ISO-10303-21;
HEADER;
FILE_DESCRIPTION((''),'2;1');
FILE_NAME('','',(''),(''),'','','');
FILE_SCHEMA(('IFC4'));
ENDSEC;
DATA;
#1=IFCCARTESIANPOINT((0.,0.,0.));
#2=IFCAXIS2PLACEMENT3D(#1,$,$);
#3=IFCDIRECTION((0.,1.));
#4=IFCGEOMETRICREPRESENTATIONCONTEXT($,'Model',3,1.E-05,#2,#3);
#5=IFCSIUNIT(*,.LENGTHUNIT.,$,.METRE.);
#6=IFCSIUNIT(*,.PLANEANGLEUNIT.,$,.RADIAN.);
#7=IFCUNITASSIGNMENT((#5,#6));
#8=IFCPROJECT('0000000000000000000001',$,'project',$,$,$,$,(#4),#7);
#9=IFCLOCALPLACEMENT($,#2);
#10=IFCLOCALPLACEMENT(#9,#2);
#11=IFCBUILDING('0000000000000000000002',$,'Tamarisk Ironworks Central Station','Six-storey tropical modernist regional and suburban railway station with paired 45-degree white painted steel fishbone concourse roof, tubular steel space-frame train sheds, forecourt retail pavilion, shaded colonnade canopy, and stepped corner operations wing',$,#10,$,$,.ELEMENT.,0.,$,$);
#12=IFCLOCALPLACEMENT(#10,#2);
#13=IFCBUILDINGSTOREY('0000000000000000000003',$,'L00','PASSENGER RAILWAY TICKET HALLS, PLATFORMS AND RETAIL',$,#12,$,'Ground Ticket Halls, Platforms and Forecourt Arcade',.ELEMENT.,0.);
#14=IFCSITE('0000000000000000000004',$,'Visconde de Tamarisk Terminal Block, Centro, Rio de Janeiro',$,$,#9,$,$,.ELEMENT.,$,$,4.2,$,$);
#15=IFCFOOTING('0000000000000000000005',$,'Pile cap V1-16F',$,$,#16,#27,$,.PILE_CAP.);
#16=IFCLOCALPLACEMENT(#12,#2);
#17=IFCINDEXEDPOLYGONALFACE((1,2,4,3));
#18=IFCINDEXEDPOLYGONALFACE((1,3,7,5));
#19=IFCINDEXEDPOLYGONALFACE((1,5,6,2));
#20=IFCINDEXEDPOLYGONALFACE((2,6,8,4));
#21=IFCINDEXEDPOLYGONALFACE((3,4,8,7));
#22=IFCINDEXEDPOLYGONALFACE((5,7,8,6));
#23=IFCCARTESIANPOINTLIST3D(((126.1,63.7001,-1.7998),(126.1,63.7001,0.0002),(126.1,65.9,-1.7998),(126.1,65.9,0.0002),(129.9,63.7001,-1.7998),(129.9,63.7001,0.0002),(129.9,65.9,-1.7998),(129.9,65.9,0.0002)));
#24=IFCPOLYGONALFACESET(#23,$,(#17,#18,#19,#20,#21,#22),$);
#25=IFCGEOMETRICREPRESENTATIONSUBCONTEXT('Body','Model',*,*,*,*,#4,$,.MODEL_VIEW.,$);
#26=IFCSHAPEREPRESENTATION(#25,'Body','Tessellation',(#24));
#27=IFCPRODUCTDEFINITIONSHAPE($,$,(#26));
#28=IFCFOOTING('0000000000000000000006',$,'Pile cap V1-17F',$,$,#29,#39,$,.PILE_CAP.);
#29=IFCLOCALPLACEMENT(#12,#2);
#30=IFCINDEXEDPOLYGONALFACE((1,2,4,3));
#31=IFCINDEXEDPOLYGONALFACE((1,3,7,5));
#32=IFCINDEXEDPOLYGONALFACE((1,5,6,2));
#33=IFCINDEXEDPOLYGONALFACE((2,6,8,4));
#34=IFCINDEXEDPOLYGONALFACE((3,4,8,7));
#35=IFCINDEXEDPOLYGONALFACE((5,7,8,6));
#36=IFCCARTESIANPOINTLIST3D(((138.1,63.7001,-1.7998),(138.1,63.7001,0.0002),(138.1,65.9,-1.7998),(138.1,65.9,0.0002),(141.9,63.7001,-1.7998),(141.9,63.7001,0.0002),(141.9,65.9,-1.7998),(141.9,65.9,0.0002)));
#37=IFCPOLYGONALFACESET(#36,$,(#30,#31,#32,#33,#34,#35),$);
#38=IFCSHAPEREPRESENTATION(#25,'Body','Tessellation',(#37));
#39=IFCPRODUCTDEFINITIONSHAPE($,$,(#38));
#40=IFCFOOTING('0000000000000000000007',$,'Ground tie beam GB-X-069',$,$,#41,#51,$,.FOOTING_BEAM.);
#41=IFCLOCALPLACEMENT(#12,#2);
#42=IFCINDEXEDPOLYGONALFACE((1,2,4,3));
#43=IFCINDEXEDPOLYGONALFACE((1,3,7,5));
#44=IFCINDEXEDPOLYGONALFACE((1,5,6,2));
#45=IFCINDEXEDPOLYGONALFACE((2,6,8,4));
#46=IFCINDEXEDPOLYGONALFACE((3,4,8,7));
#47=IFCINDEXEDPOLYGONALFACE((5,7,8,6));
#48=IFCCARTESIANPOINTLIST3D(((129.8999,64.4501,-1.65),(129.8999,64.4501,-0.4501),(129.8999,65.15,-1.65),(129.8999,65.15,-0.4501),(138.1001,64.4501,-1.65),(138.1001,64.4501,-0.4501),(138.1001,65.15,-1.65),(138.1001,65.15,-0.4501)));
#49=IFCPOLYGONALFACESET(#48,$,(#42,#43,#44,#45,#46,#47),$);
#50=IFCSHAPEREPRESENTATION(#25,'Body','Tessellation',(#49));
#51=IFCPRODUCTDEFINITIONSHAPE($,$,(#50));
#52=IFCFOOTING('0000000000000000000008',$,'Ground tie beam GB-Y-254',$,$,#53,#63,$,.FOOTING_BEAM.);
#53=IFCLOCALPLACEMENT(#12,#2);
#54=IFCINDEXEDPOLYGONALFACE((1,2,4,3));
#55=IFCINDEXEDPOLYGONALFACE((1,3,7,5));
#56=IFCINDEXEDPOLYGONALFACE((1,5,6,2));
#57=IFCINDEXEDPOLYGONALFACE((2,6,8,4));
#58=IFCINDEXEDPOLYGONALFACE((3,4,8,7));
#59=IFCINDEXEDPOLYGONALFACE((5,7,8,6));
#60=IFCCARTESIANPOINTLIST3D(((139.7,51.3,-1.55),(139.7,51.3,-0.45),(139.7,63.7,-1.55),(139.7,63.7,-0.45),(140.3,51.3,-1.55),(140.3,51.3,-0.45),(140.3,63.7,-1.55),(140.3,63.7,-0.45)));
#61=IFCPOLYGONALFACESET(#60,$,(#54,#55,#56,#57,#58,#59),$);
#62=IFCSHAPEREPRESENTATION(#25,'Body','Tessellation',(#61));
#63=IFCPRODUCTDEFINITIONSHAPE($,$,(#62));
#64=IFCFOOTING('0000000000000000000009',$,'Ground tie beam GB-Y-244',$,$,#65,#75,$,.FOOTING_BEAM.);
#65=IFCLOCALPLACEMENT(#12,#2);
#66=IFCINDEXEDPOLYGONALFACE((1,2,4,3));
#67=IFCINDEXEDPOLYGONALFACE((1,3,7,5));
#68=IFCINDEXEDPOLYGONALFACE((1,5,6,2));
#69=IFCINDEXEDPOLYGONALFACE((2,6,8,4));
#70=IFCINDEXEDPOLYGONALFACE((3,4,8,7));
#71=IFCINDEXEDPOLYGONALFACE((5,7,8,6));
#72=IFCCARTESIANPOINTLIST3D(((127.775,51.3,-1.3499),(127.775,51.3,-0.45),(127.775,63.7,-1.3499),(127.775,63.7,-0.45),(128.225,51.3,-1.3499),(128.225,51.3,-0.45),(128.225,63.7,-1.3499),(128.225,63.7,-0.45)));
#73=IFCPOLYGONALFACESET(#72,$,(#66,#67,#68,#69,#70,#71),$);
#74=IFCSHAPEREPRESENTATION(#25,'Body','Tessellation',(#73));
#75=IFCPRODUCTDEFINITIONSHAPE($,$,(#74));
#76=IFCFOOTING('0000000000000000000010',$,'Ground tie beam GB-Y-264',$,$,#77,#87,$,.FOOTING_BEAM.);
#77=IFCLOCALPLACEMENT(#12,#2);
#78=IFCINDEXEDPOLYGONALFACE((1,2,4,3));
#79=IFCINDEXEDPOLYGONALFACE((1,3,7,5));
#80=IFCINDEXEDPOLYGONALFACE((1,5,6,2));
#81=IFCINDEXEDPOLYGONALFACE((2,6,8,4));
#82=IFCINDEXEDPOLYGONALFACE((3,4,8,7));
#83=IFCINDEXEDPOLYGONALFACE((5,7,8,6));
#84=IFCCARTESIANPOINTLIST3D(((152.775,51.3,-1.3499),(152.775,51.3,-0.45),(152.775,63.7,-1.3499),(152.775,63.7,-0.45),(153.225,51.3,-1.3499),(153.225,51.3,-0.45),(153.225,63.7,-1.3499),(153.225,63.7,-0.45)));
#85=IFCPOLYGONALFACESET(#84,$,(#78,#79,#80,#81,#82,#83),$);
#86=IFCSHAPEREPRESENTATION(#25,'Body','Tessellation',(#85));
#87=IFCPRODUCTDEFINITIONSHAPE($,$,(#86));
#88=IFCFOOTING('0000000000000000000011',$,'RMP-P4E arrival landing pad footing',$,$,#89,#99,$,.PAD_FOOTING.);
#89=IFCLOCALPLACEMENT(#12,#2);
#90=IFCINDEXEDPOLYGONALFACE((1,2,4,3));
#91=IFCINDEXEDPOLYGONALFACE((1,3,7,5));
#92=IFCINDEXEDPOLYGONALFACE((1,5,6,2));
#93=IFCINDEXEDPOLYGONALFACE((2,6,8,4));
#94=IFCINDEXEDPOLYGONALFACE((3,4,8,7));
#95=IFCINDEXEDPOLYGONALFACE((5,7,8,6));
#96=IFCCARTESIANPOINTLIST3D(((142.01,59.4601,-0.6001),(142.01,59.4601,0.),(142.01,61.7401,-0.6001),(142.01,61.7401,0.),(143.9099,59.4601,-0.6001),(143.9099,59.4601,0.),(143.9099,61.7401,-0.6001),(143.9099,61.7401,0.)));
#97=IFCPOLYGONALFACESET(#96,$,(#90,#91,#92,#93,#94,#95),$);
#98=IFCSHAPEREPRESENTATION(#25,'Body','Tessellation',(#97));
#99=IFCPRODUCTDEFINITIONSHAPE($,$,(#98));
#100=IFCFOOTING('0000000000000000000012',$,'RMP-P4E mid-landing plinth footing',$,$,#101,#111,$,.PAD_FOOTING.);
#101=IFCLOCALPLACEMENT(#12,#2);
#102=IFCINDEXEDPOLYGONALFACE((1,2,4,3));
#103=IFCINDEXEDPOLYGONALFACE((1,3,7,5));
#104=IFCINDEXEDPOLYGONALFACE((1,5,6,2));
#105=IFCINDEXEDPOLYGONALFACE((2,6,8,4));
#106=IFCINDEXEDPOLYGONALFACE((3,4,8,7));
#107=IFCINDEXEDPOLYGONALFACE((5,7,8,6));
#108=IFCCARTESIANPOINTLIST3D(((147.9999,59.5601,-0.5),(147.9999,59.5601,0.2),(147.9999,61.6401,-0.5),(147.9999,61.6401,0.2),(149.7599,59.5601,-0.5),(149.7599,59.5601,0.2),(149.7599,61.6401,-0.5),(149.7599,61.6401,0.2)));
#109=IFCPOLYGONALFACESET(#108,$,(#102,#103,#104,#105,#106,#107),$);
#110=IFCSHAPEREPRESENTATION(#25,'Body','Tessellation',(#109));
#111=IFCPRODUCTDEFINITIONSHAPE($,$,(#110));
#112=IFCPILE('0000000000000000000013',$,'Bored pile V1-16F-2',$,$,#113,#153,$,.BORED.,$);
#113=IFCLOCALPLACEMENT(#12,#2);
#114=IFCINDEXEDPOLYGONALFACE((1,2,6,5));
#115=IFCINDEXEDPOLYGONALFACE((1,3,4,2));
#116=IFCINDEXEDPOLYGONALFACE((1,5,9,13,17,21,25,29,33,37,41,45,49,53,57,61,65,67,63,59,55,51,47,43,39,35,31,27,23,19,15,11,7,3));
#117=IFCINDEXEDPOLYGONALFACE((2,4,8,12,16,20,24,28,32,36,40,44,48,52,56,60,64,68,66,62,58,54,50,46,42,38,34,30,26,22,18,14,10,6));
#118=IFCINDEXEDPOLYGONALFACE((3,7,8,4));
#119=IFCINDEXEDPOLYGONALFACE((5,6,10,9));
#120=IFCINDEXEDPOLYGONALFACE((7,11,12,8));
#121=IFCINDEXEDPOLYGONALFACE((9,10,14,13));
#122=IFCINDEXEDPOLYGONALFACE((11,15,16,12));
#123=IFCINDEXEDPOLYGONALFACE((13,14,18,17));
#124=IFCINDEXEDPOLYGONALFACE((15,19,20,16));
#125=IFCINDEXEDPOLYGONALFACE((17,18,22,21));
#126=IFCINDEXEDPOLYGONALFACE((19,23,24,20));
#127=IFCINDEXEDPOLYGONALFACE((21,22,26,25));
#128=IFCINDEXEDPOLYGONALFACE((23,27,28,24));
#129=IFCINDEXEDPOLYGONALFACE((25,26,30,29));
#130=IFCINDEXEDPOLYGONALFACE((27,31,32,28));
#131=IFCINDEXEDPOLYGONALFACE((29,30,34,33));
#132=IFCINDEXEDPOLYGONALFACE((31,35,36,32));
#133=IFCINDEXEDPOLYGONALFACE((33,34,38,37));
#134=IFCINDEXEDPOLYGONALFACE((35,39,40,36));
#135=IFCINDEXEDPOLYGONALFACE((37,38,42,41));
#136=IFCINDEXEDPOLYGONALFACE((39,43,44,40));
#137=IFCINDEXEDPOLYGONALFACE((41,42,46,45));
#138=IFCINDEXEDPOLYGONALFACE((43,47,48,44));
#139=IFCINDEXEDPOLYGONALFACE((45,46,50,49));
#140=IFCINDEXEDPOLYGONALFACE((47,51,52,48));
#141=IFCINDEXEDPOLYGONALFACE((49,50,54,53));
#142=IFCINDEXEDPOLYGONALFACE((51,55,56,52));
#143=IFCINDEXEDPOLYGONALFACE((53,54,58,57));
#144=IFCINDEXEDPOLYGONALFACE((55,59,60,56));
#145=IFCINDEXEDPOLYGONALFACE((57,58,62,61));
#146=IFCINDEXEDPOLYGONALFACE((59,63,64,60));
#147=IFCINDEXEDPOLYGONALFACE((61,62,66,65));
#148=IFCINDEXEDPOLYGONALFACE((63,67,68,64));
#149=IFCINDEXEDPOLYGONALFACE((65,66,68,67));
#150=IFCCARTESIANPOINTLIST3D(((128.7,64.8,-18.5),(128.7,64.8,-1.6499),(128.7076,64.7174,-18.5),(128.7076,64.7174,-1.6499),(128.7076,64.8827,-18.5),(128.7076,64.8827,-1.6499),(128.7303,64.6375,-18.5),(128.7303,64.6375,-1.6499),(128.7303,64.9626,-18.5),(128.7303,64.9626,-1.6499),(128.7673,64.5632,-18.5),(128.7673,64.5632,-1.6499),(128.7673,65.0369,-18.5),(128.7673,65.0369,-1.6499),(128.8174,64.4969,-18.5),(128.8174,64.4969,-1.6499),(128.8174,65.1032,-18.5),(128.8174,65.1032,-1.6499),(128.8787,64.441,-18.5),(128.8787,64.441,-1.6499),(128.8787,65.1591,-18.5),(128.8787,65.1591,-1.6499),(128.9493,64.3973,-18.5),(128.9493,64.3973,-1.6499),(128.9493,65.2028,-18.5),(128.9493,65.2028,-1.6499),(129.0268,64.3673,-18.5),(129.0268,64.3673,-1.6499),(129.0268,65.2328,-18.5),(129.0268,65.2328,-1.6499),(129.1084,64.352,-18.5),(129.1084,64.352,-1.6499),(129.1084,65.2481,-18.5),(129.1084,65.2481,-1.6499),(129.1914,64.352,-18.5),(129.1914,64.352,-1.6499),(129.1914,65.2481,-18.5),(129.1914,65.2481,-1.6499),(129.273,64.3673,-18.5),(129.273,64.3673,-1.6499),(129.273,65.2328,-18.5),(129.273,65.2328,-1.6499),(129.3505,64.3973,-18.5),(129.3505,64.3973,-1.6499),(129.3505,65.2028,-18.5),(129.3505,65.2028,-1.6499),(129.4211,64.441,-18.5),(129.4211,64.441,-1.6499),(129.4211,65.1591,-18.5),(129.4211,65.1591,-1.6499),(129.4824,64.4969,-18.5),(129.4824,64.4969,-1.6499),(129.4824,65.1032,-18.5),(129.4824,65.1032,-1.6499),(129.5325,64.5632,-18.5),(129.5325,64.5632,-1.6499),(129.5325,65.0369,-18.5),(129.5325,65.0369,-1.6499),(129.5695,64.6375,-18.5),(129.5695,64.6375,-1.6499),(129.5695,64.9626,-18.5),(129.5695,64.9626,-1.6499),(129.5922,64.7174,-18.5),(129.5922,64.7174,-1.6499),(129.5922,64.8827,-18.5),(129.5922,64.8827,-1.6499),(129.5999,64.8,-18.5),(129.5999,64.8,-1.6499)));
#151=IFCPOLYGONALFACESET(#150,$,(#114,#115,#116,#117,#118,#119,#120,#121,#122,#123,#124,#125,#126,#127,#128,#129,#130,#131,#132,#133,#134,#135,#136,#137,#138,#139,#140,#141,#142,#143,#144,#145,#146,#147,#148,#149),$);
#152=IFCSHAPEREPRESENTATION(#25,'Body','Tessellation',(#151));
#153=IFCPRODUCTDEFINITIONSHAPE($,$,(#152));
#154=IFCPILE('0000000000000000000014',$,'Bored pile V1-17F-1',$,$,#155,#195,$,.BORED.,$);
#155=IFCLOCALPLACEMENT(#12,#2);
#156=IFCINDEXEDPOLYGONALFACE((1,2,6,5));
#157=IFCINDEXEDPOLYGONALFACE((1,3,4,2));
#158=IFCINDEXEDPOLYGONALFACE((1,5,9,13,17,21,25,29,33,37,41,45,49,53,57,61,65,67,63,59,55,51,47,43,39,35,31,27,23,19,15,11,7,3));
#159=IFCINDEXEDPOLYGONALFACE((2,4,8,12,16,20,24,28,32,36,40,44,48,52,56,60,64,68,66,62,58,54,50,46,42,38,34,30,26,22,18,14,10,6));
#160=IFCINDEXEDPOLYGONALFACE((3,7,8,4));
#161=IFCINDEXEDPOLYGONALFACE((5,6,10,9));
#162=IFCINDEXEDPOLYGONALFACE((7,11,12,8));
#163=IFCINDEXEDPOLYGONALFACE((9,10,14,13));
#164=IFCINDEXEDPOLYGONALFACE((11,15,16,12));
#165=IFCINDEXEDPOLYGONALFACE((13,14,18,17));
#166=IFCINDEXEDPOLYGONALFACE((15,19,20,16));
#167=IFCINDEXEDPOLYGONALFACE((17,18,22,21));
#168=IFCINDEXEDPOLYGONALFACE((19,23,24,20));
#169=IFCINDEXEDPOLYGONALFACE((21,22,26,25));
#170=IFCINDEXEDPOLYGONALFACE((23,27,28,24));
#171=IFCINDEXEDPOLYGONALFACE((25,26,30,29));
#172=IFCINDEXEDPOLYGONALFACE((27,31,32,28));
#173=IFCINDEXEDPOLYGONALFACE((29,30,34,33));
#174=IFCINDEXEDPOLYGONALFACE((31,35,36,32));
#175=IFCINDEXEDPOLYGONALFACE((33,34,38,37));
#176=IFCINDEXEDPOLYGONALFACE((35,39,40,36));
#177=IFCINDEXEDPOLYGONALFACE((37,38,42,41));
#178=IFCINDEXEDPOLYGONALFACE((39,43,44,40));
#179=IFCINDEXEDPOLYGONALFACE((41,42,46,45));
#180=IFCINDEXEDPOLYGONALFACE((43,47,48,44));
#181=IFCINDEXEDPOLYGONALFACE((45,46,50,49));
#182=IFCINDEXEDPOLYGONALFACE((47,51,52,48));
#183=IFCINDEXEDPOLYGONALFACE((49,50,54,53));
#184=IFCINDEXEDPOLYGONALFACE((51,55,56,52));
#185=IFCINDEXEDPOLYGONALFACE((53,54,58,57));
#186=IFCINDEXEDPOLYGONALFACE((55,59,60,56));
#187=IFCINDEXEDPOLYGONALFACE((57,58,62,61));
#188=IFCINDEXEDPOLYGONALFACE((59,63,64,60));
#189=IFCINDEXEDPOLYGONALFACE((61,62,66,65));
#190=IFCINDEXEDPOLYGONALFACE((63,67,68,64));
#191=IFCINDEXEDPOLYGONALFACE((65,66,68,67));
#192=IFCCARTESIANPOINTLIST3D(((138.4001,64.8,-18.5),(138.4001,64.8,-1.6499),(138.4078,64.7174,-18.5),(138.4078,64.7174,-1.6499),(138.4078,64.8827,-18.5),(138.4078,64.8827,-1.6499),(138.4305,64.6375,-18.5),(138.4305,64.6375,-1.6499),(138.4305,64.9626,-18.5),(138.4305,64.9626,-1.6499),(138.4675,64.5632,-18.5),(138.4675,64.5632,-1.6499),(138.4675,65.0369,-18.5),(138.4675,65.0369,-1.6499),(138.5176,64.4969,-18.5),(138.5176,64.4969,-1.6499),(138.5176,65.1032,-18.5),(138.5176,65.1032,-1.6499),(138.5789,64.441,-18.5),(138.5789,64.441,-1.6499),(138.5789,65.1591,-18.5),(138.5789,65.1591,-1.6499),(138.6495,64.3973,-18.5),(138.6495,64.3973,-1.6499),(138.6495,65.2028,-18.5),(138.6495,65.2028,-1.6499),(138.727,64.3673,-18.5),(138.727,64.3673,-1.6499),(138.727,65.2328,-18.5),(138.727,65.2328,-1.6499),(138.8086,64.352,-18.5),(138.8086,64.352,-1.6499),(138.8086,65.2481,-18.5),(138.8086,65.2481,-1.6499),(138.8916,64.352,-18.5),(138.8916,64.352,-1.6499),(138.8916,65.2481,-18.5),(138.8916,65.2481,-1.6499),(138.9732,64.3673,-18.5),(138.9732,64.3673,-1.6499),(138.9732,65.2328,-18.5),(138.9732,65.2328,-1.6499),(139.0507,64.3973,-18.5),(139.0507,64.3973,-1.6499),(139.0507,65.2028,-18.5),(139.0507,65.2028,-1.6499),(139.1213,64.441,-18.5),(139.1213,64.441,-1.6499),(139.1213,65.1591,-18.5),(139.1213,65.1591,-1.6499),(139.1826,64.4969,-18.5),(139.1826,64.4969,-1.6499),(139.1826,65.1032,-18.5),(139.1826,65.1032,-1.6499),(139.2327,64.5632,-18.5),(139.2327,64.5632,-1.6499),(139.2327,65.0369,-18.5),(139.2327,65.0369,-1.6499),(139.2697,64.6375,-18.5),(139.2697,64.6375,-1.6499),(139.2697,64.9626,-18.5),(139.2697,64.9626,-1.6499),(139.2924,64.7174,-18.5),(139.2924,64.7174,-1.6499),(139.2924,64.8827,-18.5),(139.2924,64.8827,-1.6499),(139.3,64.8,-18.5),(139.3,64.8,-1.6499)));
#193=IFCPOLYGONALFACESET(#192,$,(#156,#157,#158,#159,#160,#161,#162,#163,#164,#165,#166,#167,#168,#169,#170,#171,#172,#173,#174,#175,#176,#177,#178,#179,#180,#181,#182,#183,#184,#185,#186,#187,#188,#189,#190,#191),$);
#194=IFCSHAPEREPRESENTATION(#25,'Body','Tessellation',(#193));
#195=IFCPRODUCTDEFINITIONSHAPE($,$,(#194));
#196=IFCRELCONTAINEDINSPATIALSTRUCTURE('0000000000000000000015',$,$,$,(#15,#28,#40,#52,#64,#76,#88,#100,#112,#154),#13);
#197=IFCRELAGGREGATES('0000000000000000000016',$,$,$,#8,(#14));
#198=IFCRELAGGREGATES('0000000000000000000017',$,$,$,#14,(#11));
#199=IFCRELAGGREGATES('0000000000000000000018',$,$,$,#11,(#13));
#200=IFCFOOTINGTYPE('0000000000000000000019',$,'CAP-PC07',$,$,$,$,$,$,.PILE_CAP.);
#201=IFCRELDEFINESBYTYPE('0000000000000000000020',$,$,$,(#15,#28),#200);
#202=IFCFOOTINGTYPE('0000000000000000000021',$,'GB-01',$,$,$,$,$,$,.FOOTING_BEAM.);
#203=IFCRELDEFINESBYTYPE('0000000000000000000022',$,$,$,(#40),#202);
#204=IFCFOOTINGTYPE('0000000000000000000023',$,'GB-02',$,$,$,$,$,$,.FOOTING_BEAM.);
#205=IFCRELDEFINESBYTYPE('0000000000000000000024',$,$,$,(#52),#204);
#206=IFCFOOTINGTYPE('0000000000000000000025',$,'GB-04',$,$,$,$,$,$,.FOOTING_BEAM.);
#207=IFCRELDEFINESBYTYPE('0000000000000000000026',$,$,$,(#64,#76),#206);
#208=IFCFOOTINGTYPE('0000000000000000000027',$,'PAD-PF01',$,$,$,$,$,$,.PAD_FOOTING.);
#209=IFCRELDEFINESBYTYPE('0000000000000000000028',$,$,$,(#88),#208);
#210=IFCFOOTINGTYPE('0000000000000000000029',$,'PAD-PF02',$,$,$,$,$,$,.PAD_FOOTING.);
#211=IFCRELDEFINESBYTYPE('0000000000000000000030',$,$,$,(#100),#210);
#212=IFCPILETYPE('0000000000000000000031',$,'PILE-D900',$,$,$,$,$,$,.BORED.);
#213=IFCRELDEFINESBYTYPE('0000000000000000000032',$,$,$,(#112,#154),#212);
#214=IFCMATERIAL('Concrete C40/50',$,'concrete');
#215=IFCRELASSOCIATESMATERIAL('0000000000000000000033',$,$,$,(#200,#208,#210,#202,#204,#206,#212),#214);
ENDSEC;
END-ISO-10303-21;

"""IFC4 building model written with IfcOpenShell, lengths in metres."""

from ifc_helpers import new_model, si_unit, direction, frame, origin, origin_2d, place, context, subcontext, project, spatial, rectangle, circle, extrude, material, material_profile, profile_set, type_object, element, save


model = new_model("IFC4")

# Units and contexts
model_context = context("Model", 3, precision=1e-05, world=origin(), true_north=direction((0.0, 1.0)))
body_context = subcontext(model_context, "Body", "Model", "MODEL_VIEW")
ifc_project = project(units=[si_unit("LENGTHUNIT", "METRE"), si_unit("PLANEANGLEUNIT", "RADIAN")], contexts=[model_context])

# Site, building, storey
site_placement = place(None, origin())
site = spatial("IfcSite", under=ifc_project, at=site_placement, Name="Visconde de Tamarisk Terminal Block, Centro, Rio de Janeiro", CompositionType="ELEMENT", RefElevation=4.2)
building_placement = place(site_placement, origin())
building = spatial("IfcBuilding", under=site, at=building_placement, Name="Tamarisk Ironworks Central Station", Description="Six-storey tropical modernist regional and suburban railway station with paired 45-degree white painted steel fishbone concourse roof, tubular steel space-frame train sheds, forecourt retail pavilion, shaded colonnade canopy, and stepped corner operations wing", CompositionType="ELEMENT", ElevationOfRefHeight=0.0)
storey_placement = place(building_placement, origin())
storey = spatial("IfcBuildingStorey", under=building, at=storey_placement, Name="L00", Description="PASSENGER RAILWAY TICKET HALLS, PLATFORMS AND RETAIL", LongName="Ground Ticket Halls, Platforms and Forecourt Arcade", CompositionType="ELEMENT", Elevation=0.0)

# Footings
ifc_material_1 = material(Name="Concrete C40/50", Category="concrete")
footing_type_1 = type_object("IfcFootingType", Name="CAP-PC07", PredefinedType="PILE_CAP", material=ifc_material_1)
for number, where, z_axis, x_axis, name in (
    (1, (128.0, 64.8, -1.7998), (0.0, 0.0, 1.0), (1.0, 0.0, 0.0), "Pile cap V1-16F"),
    (2, (140.0, 64.8, -1.7998), (0.0, 0.0, 1.0), (1.0, 0.0, 0.0), "Pile cap V1-17F"),
):
    element("IfcFooting", number, at=place(storey_placement, frame(where, z_axis=z_axis, x_axis=x_axis)), inside=storey, type_object=footing_type_1, Name=name, PredefinedType="PILE_CAP", context=body_context, shape_type="SweptSolid", body=[
        extrude(rectangle(XDim=3.8, YDim=2.2, at=origin_2d()), origin(), (0.0, 0.0, 1.0), 1.8),
    ])
ifc_material_profile_1 = material_profile(ifc_material_1, rectangle(XDim=0.7, YDim=1.2, at=origin_2d()), Name="GB01 700x1200")
ifc_profile_set_1 = profile_set([ifc_material_profile_1], Name="Concrete C40/50")
footing_type_2 = type_object("IfcFootingType", Name="GB-01", PredefinedType="FOOTING_BEAM", material=ifc_profile_set_1)
footing_1_placement = place(storey_placement, frame((129.8999, 64.8, -1.05), z_axis=(1.0, 0.0, 0.0), x_axis=(0.0, 1.0, 0.0)))
element("IfcFooting", 3, at=footing_1_placement, inside=storey, type_object=footing_type_2, Name="Ground tie beam GB-X-069", PredefinedType="FOOTING_BEAM", context=body_context, shape_type="SweptSolid", body=[
    extrude(rectangle(XDim=0.7, YDim=1.2, at=origin_2d()), origin(), (0.0, 0.0, 1.0), 8.2002),
])
ifc_material_profile_2 = material_profile(ifc_material_1, rectangle(XDim=0.6001, YDim=1.1001, at=origin_2d()), Name="GB02 600x1100")
ifc_profile_set_2 = profile_set([ifc_material_profile_2], Name="Concrete C40/50")
footing_type_3 = type_object("IfcFootingType", Name="GB-02", PredefinedType="FOOTING_BEAM", material=ifc_profile_set_2)
footing_2_placement = place(storey_placement, frame((140.0, 51.3, -1.0), z_axis=(0.0, 1.0, 0.0), x_axis=(-1.0, 0.0, 0.0)))
element("IfcFooting", 4, at=footing_2_placement, inside=storey, type_object=footing_type_3, Name="Ground tie beam GB-Y-254", PredefinedType="FOOTING_BEAM", context=body_context, shape_type="SweptSolid", body=[
    extrude(rectangle(XDim=0.6001, YDim=1.1001, at=origin_2d()), origin(), (0.0, 0.0, 1.0), 12.3999),
])
ifc_material_profile_3 = material_profile(ifc_material_1, rectangle(XDim=0.45, YDim=0.8999, at=origin_2d()), Name="GB04 450x900")
ifc_profile_set_3 = profile_set([ifc_material_profile_3], Name="Concrete C40/50")
footing_type_4 = type_object("IfcFootingType", Name="GB-04", PredefinedType="FOOTING_BEAM", material=ifc_profile_set_3)
for number, where, z_axis, x_axis, name in (
    (5, (128.0, 51.3, -0.8999), (0.0, 1.0, 0.0), (-1.0, 0.0, 0.0), "Ground tie beam GB-Y-244"),
    (6, (153.0, 51.3, -0.8999), (0.0, 1.0, 0.0), (-1.0, 0.0, 0.0), "Ground tie beam GB-Y-264"),
):
    element("IfcFooting", number, at=place(storey_placement, frame(where, z_axis=z_axis, x_axis=x_axis)), inside=storey, type_object=footing_type_4, Name=name, PredefinedType="FOOTING_BEAM", context=body_context, shape_type="SweptSolid", body=[
        extrude(rectangle(XDim=0.45, YDim=0.8999, at=origin_2d()), origin(), (0.0, 0.0, 1.0), 12.3999),
    ])
footing_type_5 = type_object("IfcFootingType", Name="PAD-PF01", PredefinedType="PAD_FOOTING", material=ifc_material_1)
footing_3_placement = place(storey_placement, frame((142.96, 60.6001, -0.6001), z_axis=(0.0, 0.0, 1.0), x_axis=(1.0, 0.0, 0.0)))
element("IfcFooting", 7, at=footing_3_placement, inside=storey, type_object=footing_type_5, Name="RMP-P4E arrival landing pad footing", PredefinedType="PAD_FOOTING", context=body_context, shape_type="SweptSolid", body=[
    extrude(rectangle(XDim=1.8999, YDim=2.28, at=origin_2d()), origin(), (0.0, 0.0, 1.0), 0.6001),
])
footing_type_6 = type_object("IfcFootingType", Name="PAD-PF02", PredefinedType="PAD_FOOTING", material=ifc_material_1)
footing_4_placement = place(storey_placement, frame((148.8799, 60.6001, -0.5), z_axis=(0.0, 0.0, 1.0), x_axis=(1.0, 0.0, 0.0)))
element("IfcFooting", 8, at=footing_4_placement, inside=storey, type_object=footing_type_6, Name="RMP-P4E mid-landing plinth footing", PredefinedType="PAD_FOOTING", context=body_context, shape_type="SweptSolid", body=[
    extrude(rectangle(XDim=1.76, YDim=2.0801, at=origin_2d()), origin(), (0.0, 0.0, 1.0), 0.7),
])

# Piles
ifc_material_profile_4 = material_profile(ifc_material_1, circle(Radius=0.45, at=origin_2d()), Name="BORED PILE D900")
ifc_profile_set_4 = profile_set([ifc_material_profile_4], Name="Concrete C40/50")
pile_type = type_object("IfcPileType", Name="PILE-D900", PredefinedType="BORED", material=ifc_profile_set_4)
for number, where, z_axis, x_axis, name in (
    (9, (129.1499, 64.8, -1.6499), (0.0, 0.0, -1.0), (1.0, 0.0, 0.0), "Bored pile V1-16F-2"),
    (10, (138.8501, 64.8, -1.6499), (0.0, 0.0, -1.0), (1.0, 0.0, 0.0), "Bored pile V1-17F-1"),
):
    element("IfcPile", number, at=place(storey_placement, frame(where, z_axis=z_axis, x_axis=x_axis)), inside=storey, type_object=pile_type, Name=name, PredefinedType="BORED", context=body_context, shape_type="SweptSolid", body=[
        extrude(circle(Radius=0.45, at=origin_2d()), origin(), (0.0, 0.0, 1.0), 16.8501),
    ])

save(model, "model.ifc")
